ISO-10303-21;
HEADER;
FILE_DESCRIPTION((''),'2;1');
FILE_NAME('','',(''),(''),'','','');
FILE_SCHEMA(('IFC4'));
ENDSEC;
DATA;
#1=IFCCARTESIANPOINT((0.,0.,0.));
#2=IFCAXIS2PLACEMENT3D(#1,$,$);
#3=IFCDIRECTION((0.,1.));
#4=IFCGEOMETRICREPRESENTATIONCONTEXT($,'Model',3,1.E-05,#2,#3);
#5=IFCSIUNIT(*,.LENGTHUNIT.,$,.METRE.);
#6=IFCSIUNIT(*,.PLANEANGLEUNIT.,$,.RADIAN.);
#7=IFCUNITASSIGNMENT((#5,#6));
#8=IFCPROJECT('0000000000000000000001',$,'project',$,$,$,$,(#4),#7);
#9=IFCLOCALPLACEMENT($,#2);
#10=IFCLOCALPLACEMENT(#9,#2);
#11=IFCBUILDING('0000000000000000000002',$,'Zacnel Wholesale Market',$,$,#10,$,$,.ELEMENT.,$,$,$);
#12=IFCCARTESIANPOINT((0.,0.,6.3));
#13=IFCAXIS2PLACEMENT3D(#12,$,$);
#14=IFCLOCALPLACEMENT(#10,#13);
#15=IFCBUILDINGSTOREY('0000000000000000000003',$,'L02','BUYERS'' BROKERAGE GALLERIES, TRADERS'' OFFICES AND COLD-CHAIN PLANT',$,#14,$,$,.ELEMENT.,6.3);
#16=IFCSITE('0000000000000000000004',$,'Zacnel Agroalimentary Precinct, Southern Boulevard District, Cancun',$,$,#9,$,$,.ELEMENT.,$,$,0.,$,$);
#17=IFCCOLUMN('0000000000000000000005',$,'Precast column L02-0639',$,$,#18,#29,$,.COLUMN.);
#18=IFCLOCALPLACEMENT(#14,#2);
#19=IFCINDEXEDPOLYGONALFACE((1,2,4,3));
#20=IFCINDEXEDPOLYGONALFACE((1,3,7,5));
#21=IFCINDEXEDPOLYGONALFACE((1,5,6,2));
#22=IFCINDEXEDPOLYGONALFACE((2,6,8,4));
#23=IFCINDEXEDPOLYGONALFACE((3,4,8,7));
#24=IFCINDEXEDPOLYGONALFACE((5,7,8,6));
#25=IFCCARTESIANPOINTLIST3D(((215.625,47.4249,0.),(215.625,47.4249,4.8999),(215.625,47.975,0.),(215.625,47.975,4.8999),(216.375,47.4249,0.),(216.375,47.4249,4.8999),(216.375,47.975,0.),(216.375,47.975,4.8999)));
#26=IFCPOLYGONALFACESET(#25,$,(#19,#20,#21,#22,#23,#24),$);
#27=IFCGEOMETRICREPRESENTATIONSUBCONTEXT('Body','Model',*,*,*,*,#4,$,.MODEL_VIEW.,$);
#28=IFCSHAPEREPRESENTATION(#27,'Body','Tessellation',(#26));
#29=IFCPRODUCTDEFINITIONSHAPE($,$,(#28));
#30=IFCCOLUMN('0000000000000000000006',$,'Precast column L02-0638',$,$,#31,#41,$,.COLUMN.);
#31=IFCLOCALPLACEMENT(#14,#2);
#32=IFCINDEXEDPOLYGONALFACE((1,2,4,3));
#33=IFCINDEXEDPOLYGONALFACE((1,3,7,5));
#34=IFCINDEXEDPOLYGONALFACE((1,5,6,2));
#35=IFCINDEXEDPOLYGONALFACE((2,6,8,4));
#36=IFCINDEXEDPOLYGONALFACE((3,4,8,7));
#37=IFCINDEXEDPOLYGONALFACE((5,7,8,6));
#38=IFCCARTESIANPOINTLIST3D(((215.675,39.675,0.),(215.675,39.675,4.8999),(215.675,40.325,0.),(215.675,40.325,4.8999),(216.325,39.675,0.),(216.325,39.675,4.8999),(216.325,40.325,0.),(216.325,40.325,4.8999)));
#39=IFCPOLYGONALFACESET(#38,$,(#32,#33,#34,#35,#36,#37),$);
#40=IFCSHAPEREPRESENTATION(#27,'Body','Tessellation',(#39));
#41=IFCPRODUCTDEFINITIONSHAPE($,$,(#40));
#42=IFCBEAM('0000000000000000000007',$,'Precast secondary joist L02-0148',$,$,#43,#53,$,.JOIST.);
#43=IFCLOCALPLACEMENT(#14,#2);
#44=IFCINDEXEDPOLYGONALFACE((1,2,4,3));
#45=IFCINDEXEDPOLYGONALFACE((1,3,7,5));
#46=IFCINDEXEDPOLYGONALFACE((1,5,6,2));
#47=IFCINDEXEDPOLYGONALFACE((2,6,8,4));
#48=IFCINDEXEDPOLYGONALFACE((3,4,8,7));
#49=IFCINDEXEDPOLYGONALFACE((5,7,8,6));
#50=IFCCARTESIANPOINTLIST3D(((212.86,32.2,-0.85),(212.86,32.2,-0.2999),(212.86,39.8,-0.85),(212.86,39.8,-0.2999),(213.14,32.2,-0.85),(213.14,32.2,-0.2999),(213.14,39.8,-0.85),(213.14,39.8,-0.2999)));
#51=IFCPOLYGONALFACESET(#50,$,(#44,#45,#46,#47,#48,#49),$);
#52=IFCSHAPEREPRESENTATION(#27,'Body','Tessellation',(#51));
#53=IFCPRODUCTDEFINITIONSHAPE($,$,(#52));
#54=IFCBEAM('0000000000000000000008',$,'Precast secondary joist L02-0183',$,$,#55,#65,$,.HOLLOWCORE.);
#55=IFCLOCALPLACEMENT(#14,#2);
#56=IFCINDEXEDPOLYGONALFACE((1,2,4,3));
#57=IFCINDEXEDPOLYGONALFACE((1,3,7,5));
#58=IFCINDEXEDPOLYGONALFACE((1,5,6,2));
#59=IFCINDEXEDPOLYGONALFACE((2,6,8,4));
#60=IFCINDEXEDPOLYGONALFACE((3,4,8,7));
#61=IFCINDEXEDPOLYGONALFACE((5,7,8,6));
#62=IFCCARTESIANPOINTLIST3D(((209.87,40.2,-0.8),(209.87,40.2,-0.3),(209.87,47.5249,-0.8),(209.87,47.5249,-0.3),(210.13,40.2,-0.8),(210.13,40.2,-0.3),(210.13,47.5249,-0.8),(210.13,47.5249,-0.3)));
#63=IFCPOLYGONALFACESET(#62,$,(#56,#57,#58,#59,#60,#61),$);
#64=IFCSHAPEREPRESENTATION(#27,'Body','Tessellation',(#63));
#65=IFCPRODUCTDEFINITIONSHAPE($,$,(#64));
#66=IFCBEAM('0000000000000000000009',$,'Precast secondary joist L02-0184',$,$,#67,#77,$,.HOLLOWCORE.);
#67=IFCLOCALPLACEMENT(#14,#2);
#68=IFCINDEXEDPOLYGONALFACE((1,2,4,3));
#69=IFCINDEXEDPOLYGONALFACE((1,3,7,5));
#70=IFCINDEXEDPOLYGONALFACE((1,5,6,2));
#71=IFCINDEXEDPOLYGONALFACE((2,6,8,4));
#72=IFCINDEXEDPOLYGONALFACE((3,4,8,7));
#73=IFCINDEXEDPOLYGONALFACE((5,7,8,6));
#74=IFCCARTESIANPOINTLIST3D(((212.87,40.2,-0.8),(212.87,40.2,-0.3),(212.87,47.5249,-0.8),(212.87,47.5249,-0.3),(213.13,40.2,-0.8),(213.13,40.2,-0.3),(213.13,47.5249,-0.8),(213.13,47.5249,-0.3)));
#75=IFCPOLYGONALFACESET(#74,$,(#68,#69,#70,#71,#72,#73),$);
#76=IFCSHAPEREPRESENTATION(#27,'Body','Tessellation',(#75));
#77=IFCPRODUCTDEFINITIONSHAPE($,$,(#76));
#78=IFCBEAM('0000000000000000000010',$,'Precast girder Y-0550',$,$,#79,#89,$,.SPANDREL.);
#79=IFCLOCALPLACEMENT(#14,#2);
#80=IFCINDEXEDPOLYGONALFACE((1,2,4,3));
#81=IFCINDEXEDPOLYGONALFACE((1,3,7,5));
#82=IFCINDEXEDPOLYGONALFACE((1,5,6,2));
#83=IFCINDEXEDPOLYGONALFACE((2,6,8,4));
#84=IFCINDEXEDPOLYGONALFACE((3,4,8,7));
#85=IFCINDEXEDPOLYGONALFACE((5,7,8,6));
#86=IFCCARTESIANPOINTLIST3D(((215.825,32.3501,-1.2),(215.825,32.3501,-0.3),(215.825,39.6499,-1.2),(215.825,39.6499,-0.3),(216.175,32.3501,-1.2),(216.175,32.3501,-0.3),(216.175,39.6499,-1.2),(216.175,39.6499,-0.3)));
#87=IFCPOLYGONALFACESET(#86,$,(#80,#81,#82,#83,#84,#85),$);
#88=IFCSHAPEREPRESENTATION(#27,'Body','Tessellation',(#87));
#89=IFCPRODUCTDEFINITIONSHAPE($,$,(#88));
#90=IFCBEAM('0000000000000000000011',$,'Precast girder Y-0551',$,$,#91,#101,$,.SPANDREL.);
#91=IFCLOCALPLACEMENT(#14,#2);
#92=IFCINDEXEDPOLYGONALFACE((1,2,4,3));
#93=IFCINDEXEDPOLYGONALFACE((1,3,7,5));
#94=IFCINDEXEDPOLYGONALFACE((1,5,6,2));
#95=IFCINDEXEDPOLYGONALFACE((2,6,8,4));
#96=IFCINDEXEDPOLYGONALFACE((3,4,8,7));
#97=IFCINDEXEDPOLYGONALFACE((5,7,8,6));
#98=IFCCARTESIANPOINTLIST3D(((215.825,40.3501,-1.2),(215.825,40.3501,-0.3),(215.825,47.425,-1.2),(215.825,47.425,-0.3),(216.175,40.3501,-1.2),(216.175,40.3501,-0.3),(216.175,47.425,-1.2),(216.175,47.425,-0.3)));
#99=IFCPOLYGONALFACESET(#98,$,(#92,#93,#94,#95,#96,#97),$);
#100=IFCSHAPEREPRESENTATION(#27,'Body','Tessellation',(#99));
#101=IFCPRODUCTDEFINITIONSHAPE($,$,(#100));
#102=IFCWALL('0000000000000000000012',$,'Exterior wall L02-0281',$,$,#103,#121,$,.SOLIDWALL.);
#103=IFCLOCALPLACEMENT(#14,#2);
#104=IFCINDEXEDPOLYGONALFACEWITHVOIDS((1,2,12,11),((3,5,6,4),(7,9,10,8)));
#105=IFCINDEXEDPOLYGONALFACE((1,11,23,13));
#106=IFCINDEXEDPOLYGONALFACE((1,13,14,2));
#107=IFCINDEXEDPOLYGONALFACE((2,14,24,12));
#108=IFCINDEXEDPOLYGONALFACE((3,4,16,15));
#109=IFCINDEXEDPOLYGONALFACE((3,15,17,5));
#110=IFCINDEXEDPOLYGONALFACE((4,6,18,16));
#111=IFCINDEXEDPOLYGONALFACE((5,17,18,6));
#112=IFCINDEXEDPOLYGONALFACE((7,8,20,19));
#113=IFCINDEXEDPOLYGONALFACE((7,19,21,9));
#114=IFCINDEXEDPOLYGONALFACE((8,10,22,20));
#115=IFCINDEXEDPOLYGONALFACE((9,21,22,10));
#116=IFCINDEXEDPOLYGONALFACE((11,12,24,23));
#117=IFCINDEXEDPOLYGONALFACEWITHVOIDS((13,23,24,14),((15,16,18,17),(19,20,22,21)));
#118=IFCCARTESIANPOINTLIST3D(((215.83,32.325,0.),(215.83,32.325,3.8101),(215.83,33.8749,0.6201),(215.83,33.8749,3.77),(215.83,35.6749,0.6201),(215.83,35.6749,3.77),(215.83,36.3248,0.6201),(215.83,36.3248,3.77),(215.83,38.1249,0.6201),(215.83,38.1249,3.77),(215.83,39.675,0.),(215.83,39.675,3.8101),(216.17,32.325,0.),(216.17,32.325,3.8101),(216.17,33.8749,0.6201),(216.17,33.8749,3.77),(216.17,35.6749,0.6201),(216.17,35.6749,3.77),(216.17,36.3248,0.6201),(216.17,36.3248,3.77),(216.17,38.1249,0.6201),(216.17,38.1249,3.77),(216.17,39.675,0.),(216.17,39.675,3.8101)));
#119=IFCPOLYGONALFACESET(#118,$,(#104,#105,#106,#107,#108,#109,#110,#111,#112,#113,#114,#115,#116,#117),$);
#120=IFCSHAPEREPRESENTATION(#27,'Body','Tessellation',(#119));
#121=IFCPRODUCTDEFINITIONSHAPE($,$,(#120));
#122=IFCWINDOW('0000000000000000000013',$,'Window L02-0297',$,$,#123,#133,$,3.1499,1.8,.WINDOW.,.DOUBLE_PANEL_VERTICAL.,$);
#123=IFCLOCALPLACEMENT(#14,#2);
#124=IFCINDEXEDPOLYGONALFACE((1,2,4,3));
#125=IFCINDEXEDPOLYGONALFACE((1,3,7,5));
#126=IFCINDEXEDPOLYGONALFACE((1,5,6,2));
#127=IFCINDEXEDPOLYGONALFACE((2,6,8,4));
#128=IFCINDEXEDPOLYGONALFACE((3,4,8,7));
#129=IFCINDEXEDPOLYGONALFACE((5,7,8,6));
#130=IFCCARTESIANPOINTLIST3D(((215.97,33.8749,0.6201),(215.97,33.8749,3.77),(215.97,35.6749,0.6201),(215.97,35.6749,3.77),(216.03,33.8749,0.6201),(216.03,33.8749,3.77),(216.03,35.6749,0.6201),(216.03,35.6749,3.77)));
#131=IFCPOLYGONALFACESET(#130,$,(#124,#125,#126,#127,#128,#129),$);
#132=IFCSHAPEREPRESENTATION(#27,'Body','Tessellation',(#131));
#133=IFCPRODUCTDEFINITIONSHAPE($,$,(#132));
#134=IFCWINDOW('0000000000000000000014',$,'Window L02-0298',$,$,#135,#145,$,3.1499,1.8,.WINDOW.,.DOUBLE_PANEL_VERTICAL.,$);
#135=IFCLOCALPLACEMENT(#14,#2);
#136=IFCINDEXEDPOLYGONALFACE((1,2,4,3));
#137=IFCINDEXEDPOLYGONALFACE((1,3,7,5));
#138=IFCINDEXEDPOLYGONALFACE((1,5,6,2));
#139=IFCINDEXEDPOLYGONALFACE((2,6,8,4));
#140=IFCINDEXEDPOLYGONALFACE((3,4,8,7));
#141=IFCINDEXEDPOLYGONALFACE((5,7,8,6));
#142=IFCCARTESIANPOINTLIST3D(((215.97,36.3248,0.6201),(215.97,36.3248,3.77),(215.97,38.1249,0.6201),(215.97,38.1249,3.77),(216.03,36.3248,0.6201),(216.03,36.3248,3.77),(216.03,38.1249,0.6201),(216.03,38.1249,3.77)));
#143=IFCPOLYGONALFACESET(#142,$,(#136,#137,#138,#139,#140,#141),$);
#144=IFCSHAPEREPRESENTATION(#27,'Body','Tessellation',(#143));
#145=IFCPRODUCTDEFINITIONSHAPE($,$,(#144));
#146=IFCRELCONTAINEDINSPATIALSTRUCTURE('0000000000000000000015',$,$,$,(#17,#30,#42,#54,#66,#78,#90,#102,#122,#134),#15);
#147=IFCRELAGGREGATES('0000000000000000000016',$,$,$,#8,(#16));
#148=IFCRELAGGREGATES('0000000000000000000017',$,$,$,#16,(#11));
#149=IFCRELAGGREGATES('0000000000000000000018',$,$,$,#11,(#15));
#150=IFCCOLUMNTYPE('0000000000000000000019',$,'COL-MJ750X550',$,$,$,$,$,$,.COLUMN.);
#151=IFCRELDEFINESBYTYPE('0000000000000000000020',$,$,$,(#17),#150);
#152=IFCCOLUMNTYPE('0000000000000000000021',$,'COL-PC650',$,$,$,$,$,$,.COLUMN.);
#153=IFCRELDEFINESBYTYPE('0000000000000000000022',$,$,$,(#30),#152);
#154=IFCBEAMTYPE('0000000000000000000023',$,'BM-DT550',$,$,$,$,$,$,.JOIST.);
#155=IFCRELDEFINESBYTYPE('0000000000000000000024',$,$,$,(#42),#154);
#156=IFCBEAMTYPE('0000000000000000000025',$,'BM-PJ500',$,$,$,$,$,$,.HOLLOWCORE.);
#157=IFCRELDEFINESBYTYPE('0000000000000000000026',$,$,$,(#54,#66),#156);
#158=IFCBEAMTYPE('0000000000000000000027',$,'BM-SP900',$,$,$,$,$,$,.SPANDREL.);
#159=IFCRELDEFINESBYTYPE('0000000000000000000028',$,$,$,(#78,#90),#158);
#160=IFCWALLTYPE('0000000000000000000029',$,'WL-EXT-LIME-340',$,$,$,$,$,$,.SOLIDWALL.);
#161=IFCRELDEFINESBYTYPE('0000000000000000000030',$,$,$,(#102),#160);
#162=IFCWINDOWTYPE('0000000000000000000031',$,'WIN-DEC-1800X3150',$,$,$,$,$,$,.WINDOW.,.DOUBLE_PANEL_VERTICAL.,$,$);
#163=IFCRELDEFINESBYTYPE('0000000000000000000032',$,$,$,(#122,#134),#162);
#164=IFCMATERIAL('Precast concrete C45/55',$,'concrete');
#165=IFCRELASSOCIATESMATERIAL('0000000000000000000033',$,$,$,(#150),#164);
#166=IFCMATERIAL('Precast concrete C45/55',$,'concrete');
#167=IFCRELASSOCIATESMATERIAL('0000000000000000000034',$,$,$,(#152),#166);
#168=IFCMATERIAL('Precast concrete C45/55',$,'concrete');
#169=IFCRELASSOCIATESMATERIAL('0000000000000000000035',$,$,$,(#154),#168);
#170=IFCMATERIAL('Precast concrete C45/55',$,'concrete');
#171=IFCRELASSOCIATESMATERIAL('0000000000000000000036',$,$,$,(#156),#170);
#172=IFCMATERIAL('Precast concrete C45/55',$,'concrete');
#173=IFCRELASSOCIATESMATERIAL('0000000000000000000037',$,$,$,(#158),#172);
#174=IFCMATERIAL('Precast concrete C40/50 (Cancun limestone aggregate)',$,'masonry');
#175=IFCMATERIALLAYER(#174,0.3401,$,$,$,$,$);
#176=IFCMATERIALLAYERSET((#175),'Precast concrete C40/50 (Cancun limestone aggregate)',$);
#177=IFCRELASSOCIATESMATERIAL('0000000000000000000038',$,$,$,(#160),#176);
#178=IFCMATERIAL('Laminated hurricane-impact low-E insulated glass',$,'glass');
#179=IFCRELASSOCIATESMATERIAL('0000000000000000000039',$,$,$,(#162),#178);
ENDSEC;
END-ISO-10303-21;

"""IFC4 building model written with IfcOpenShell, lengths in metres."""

from ifc_helpers import new_model, si_unit, direction, frame, frame_2d, origin, origin_2d, place, context, subcontext, project, spatial, rectangle, extrude, material, layer, layer_set, material_profile, profile_set, type_object, element, fill, save


model = new_model("IFC4")

# Units and contexts
model_context = context("Model", 3, precision=1e-05, world=origin(), true_north=direction((0.0, 1.0)))
body_context = subcontext(model_context, "Body", "Model", "MODEL_VIEW")
ifc_project = project(units=[si_unit("LENGTHUNIT", "METRE"), si_unit("PLANEANGLEUNIT", "RADIAN")], contexts=[model_context])

# Site, building, storey
site_placement = place(None, origin())
site = spatial("IfcSite", under=ifc_project, at=site_placement, Name="Zacnel Agroalimentary Precinct, Southern Boulevard District, Cancun", CompositionType="ELEMENT", RefElevation=0.0)
building_placement = place(site_placement, origin())
building = spatial("IfcBuilding", under=site, at=building_placement, Name="Zacnel Wholesale Market", CompositionType="ELEMENT")
storey_placement = place(building_placement, frame((0.0, 0.0, 6.3)))
storey = spatial("IfcBuildingStorey", under=building, at=storey_placement, Name="L02", Description="BUYERS' BROKERAGE GALLERIES, TRADERS' OFFICES AND COLD-CHAIN PLANT", CompositionType="ELEMENT", Elevation=6.3)

# Columns
ifc_material_1 = material(Name="Precast concrete C45/55", Category="concrete")
ifc_material_profile_1 = material_profile(ifc_material_1, rectangle(XDim=0.75, YDim=0.55, at=origin_2d()), Name="PC 750x550")
ifc_profile_set_1 = profile_set([ifc_material_profile_1], Name="Precast concrete C45/55")
column_type_1 = type_object("IfcColumnType", Name="COL-MJ750X550", PredefinedType="COLUMN", material=ifc_profile_set_1)
column_1_placement = place(storey_placement, frame((216.0, 47.7, 0.0), z_axis=(0.0, 0.0, 1.0), x_axis=(1.0, 0.0, 0.0)))
element("IfcColumn", 1, at=column_1_placement, inside=storey, type_object=column_type_1, Name="Precast column L02-0639", PredefinedType="COLUMN", context=body_context, shape_type="SweptSolid", body=[
    extrude(rectangle(XDim=0.75, YDim=0.55, at=origin_2d()), origin(), (0.0, 0.0, 1.0), 4.8999),
])
ifc_material_2 = material(Name="Precast concrete C45/55", Category="concrete")
ifc_material_profile_2 = material_profile(ifc_material_2, rectangle(XDim=0.6499, YDim=0.6499, at=origin_2d()), Name="PC 650x650")
ifc_profile_set_2 = profile_set([ifc_material_profile_2], Name="Precast concrete C45/55")
column_type_2 = type_object("IfcColumnType", Name="COL-PC650", PredefinedType="COLUMN", material=ifc_profile_set_2)
column_2_placement = place(storey_placement, frame((216.0, 40.0, 0.0), z_axis=(0.0, 0.0, 1.0), x_axis=(1.0, 0.0, 0.0)))
element("IfcColumn", 2, at=column_2_placement, inside=storey, type_object=column_type_2, Name="Precast column L02-0638", PredefinedType="COLUMN", context=body_context, shape_type="SweptSolid", body=[
    extrude(rectangle(XDim=0.6499, YDim=0.6499, at=origin_2d()), origin(), (0.0, 0.0, 1.0), 4.8999),
])

# Beams
ifc_material_3 = material(Name="Precast concrete C45/55", Category="concrete")
ifc_material_profile_3 = material_profile(ifc_material_3, rectangle(XDim=0.28, YDim=0.55, at=origin_2d()), Name="DT RIB 280x550")
ifc_profile_set_3 = profile_set([ifc_material_profile_3], Name="Precast concrete C45/55")
beam_type_1 = type_object("IfcBeamType", Name="BM-DT550", PredefinedType="JOIST", material=ifc_profile_set_3)
beam_1_placement = place(storey_placement, frame((213.0, 32.2, -0.575), z_axis=(0.0, 1.0, 0.0), x_axis=(-1.0, 0.0, 0.0)))
element("IfcBeam", 3, at=beam_1_placement, inside=storey, type_object=beam_type_1, Name="Precast secondary joist L02-0148", PredefinedType="JOIST", context=body_context, shape_type="SweptSolid", body=[
    extrude(rectangle(XDim=0.28, YDim=0.55, at=origin_2d()), origin(), (0.0, 0.0, 1.0), 7.6001),
])
ifc_material_4 = material(Name="Precast concrete C45/55", Category="concrete")
ifc_material_profile_4 = material_profile(ifc_material_4, rectangle(XDim=0.26, YDim=0.5, at=origin_2d()), Name="PJ 260x500")
ifc_profile_set_4 = profile_set([ifc_material_profile_4], Name="Precast concrete C45/55")
beam_type_2 = type_object("IfcBeamType", Name="BM-PJ500", PredefinedType="HOLLOWCORE", material=ifc_profile_set_4)
for number, where, z_axis, x_axis, name in (
    (4, (210.0, 40.2, -0.55), (0.0, 1.0, 0.0), (-1.0, 0.0, 0.0), "Precast secondary joist L02-0183"),
    (5, (213.0, 40.2, -0.55), (0.0, 1.0, 0.0), (-1.0, 0.0, 0.0), "Precast secondary joist L02-0184"),
):
    element("IfcBeam", number, at=place(storey_placement, frame(where, z_axis=z_axis, x_axis=x_axis)), inside=storey, type_object=beam_type_2, Name=name, PredefinedType="HOLLOWCORE", context=body_context, shape_type="SweptSolid", body=[
        extrude(rectangle(XDim=0.26, YDim=0.5, at=origin_2d()), origin(), (0.0, 0.0, 1.0), 7.325),
    ])
ifc_material_5 = material(Name="Precast concrete C45/55", Category="concrete")
ifc_material_profile_5 = material_profile(ifc_material_5, rectangle(XDim=0.3501, YDim=0.8999, at=origin_2d()), Name="SP 350x900")
ifc_profile_set_5 = profile_set([ifc_material_profile_5], Name="Precast concrete C45/55")
beam_type_3 = type_object("IfcBeamType", Name="BM-SP900", PredefinedType="SPANDREL", material=ifc_profile_set_5)
beam_2_placement = place(storey_placement, frame((216.0, 32.3501, -0.75), z_axis=(0.0, 1.0, 0.0), x_axis=(-1.0, 0.0, 0.0)))
element("IfcBeam", 6, at=beam_2_placement, inside=storey, type_object=beam_type_3, Name="Precast girder Y-0550", PredefinedType="SPANDREL", context=body_context, shape_type="SweptSolid", body=[
    extrude(rectangle(XDim=0.3501, YDim=0.8999, at=origin_2d()), origin(), (0.0, 0.0, 1.0), 7.2998),
])
beam_3_placement = place(storey_placement, frame((216.0, 40.3501, -0.75), z_axis=(0.0, 1.0, 0.0), x_axis=(-1.0, 0.0, 0.0)))
element("IfcBeam", 7, at=beam_3_placement, inside=storey, type_object=beam_type_3, Name="Precast girder Y-0551", PredefinedType="SPANDREL", context=body_context, shape_type="SweptSolid", body=[
    extrude(rectangle(XDim=0.3501, YDim=0.8999, at=origin_2d()), origin(), (0.0, 0.0, 1.0), 7.075),
])

# Wall, openings, windows
ifc_material_6 = material(Name="Precast concrete C40/50 (Cancun limestone aggregate)", Category="masonry")
ifc_layer_1 = layer(ifc_material_6, 0.3401)
ifc_layer_set_1 = layer_set([ifc_layer_1], Name="Precast concrete C40/50 (Cancun limestone aggregate)")
wall_type = type_object("IfcWallType", Name="WL-EXT-LIME-340", PredefinedType="SOLIDWALL", material=ifc_layer_set_1)
wall_1_placement = place(storey_placement, frame((216.0, 32.325, 0.0), z_axis=(0.0, 0.0, 1.0), x_axis=(0.0, 1.0, 0.0)))
wall_1 = element("IfcWall", 8, at=wall_1_placement, inside=storey, type_object=wall_type, Name="Exterior wall L02-0281", PredefinedType="SOLIDWALL", context=body_context, shape_type="SweptSolid", body=[
    extrude(rectangle(XDim=7.3501, YDim=0.3401, at=frame_2d((3.675, 0.0))), origin(), (0.0, 0.0, 1.0), 3.8101),
])
opening_1_placement = place(wall_1_placement, frame((1.55, 0.0, 0.6201)))
opening_1 = element("IfcOpeningElement", 9, at=opening_1_placement, cuts=wall_1, PredefinedType="OPENING", context=body_context, shape_type="SweptSolid", body=[
    extrude(rectangle(XDim=1.8, YDim=3.1499, at=frame_2d((0.8999, 1.575))), frame((0.0, 0.1799, 0.0), z_axis=(0.0, -1.0, 0.0), x_axis=(1.0, 0.0, 0.0)), (0.0, 0.0, 1.0), 0.3601),
])
opening_2_placement = place(wall_1_placement, frame((4.0, 0.0, 0.6201)))
opening_2 = element("IfcOpeningElement", 10, at=opening_2_placement, cuts=wall_1, PredefinedType="OPENING", context=body_context, shape_type="SweptSolid", body=[
    extrude(rectangle(XDim=1.8, YDim=3.1499, at=frame_2d((0.8999, 1.575))), frame((0.0, 0.1799, 0.0), z_axis=(0.0, -1.0, 0.0), x_axis=(1.0, 0.0, 0.0)), (0.0, 0.0, 1.0), 0.3601),
])
ifc_material_7 = material(Name="Laminated hurricane-impact low-E insulated glass", Category="glass")
window_type = type_object("IfcWindowType", Name="WIN-DEC-1800X3150", PartitioningType="DOUBLE_PANEL_VERTICAL", PredefinedType="WINDOW", material=ifc_material_7)
window_1_placement = place(opening_1_placement, origin())
window_1 = element("IfcWindow", 11, at=window_1_placement, inside=storey, type_object=window_type, Name="Window L02-0297", OverallHeight=3.1499, OverallWidth=1.8, PartitioningType="DOUBLE_PANEL_VERTICAL", PredefinedType="WINDOW", context=body_context, shape_type="SweptSolid", body=[
    extrude(rectangle(XDim=1.8, YDim=3.1499, at=frame_2d((0.8999, 1.575))), frame((0.0, 0.03, 0.0), z_axis=(0.0, -1.0, 0.0), x_axis=(1.0, 0.0, 0.0)), (0.0, 0.0, 1.0), 0.0601),
])
fill(opening_1, window_1)
window_2_placement = place(opening_2_placement, origin())
window_2 = element("IfcWindow", 12, at=window_2_placement, inside=storey, type_object=window_type, Name="Window L02-0298", OverallHeight=3.1499, OverallWidth=1.8, PartitioningType="DOUBLE_PANEL_VERTICAL", PredefinedType="WINDOW", context=body_context, shape_type="SweptSolid", body=[
    extrude(rectangle(XDim=1.8, YDim=3.1499, at=frame_2d((0.8999, 1.575))), frame((0.0, 0.03, 0.0), z_axis=(0.0, -1.0, 0.0), x_axis=(1.0, 0.0, 0.0)), (0.0, 0.0, 1.0), 0.0601),
])
fill(opening_2, window_2)

save(model, "model.ifc")
